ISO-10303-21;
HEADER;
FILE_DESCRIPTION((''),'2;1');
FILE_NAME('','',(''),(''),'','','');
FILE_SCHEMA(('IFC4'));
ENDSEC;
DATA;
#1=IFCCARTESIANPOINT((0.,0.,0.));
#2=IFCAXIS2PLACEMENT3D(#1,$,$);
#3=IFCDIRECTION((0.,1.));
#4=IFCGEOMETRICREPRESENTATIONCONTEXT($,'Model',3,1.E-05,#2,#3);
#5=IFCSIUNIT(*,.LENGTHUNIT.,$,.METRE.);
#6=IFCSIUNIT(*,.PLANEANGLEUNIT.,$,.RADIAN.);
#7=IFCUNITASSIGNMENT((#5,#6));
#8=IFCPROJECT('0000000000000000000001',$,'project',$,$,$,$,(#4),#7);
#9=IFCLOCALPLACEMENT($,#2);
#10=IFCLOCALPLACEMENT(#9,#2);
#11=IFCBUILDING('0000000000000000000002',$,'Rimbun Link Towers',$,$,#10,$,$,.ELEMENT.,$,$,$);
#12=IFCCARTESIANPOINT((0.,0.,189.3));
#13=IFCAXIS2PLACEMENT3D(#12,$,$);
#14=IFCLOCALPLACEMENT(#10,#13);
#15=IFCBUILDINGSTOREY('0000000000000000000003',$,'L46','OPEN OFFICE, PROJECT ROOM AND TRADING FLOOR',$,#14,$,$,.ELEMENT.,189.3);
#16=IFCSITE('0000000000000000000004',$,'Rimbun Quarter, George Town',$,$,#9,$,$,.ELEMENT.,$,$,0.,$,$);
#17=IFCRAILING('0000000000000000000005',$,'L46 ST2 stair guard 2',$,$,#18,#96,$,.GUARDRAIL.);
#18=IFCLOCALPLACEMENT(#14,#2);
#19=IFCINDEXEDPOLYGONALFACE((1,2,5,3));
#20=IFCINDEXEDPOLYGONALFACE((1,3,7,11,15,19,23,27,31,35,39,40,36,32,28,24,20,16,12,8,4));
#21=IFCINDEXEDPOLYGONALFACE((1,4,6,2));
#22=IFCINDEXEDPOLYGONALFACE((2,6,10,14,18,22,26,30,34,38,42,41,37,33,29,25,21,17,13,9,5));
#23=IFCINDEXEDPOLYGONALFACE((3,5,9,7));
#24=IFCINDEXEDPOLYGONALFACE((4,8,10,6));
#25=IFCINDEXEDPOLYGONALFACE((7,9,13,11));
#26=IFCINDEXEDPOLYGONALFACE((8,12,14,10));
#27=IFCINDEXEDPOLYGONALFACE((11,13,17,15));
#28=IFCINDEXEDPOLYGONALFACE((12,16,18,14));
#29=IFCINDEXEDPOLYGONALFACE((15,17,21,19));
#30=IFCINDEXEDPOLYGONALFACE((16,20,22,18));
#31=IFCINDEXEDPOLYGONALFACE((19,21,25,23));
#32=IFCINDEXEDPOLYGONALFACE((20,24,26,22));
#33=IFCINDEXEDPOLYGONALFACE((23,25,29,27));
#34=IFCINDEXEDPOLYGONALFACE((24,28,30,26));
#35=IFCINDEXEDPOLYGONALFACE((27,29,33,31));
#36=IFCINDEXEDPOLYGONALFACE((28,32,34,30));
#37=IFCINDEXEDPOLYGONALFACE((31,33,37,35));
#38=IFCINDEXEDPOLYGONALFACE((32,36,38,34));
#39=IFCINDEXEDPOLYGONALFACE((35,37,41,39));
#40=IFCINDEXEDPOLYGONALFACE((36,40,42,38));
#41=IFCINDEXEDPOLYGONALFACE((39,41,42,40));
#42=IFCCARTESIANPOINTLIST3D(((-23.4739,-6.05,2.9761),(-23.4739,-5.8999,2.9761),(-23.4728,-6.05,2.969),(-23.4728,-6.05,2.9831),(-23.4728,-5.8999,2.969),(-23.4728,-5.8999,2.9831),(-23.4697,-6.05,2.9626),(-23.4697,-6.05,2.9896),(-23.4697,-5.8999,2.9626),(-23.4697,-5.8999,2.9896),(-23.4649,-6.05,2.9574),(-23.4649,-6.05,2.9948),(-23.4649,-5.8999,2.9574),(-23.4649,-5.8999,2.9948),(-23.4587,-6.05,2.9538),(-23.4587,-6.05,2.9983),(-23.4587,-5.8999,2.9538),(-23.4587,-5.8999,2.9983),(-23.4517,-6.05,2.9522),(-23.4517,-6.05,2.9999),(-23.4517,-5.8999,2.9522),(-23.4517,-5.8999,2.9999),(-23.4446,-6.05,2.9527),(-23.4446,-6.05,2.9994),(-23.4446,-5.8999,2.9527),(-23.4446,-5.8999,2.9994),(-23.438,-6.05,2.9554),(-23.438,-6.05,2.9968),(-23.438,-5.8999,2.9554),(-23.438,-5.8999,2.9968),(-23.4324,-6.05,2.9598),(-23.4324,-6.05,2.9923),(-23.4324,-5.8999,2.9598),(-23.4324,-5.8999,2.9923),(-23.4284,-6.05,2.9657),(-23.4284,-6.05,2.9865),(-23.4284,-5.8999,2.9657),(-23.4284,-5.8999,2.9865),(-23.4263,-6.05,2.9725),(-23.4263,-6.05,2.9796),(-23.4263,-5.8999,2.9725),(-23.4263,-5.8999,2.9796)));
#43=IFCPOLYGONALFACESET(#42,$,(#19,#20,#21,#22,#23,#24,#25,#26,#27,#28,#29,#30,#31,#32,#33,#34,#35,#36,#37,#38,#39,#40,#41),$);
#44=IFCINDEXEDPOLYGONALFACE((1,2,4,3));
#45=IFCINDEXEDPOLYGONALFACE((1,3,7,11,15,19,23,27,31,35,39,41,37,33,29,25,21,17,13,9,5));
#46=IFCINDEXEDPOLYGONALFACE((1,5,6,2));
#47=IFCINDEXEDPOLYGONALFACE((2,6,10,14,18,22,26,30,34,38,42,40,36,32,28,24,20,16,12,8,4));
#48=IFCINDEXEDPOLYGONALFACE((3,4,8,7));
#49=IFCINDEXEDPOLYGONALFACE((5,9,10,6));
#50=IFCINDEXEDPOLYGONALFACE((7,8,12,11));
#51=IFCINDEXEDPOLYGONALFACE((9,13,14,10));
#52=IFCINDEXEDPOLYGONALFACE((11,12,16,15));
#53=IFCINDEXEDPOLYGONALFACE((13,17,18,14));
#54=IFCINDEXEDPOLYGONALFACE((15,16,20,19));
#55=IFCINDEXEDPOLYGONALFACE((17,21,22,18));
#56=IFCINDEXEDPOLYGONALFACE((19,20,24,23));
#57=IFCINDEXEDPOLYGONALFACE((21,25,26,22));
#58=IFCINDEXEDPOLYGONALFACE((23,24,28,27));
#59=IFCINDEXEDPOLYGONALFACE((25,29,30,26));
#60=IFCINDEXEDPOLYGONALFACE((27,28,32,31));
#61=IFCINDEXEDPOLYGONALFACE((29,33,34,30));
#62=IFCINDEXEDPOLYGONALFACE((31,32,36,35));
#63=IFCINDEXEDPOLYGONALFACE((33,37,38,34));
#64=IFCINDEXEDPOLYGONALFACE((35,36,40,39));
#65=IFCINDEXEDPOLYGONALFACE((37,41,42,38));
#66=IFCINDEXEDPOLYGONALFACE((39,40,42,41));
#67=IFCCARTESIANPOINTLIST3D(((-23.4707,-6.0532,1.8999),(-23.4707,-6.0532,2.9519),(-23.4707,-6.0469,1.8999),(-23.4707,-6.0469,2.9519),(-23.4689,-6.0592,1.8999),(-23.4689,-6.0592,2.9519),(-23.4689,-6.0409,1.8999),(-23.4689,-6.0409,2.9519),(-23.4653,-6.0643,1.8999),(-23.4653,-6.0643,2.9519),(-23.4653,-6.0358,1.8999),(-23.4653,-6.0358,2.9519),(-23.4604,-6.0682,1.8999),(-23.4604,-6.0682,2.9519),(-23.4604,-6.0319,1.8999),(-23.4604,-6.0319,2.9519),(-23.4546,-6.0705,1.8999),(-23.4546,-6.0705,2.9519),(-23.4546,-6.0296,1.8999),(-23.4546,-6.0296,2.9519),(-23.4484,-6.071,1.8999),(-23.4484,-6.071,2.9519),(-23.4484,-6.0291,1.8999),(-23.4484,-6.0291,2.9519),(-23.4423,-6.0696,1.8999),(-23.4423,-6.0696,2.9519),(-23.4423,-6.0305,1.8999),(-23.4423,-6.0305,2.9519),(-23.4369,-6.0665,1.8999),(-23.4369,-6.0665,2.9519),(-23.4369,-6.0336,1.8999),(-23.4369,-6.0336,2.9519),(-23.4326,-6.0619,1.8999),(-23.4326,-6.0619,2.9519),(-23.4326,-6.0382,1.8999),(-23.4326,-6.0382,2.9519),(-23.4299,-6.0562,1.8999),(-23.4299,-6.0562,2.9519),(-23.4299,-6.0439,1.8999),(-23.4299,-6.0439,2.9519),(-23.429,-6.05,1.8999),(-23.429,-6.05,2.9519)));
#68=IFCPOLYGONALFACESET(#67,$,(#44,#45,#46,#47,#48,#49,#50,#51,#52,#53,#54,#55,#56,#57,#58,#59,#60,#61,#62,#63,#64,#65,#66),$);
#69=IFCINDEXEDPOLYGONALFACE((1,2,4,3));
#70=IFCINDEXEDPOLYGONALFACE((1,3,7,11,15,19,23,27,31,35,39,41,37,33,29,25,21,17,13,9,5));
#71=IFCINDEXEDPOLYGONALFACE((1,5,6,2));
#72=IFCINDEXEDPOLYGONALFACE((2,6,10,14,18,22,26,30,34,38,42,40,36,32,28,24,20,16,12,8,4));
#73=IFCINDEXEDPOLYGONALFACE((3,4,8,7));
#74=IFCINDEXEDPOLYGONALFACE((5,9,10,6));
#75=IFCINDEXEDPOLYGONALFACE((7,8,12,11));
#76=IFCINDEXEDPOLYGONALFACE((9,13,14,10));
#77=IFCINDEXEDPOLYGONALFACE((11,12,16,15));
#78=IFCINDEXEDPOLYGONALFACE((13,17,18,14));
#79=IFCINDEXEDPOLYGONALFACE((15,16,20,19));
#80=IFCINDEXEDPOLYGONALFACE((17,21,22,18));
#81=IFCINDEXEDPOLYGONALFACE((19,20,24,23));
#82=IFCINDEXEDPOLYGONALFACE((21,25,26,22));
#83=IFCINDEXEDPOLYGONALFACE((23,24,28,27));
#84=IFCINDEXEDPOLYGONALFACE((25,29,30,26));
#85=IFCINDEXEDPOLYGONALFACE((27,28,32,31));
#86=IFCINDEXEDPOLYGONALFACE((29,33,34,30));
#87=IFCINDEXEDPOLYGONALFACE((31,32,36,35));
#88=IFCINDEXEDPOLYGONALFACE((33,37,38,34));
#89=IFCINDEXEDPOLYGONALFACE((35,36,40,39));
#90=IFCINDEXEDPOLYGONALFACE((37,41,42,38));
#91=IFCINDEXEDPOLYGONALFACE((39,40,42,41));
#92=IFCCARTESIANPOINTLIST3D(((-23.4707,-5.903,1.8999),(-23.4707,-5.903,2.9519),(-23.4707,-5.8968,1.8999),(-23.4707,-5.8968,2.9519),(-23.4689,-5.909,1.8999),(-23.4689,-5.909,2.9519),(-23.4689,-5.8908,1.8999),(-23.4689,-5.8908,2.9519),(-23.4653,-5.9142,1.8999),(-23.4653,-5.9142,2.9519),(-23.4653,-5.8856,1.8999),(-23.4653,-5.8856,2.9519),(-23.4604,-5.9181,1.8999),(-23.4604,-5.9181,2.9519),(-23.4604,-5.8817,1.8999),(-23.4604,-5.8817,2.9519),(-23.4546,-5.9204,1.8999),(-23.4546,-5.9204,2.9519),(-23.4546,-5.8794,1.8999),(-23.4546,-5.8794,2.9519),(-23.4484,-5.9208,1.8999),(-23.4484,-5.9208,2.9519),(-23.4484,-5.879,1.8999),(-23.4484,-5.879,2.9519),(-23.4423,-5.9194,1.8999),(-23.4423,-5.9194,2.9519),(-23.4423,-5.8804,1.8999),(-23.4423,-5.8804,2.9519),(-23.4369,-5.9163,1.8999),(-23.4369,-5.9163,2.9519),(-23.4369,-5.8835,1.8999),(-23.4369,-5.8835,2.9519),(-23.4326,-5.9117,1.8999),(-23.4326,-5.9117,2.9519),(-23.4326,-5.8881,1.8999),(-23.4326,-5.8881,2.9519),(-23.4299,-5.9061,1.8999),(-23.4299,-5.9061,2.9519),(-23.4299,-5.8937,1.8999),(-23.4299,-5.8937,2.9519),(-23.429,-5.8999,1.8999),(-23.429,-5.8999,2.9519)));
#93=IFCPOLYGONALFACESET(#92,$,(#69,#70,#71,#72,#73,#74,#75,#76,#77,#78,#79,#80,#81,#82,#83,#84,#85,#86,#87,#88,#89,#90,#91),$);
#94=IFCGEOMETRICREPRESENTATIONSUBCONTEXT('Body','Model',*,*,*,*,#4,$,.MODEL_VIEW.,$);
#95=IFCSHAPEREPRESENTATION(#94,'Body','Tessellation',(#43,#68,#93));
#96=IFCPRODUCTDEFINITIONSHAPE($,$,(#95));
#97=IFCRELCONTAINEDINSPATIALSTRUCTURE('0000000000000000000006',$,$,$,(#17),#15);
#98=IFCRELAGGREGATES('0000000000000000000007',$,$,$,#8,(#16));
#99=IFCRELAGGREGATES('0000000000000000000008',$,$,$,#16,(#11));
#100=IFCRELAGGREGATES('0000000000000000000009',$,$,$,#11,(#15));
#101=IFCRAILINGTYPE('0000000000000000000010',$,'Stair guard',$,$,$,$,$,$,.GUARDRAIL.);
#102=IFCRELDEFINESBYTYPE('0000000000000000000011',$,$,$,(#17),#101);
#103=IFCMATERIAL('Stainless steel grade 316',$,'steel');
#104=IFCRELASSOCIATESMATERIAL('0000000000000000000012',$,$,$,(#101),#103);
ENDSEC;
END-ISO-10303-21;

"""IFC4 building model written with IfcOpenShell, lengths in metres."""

from ifc_helpers import new_model, si_unit, direction, frame, origin, origin_2d, place, context, subcontext, project, spatial, circle, extrude, material, type_object, element, save


model = new_model("IFC4")

# Units and contexts
model_context = context("Model", 3, precision=1e-05, world=origin(), true_north=direction((0.0, 1.0)))
body_context = subcontext(model_context, "Body", "Model", "MODEL_VIEW")
ifc_project = project(units=[si_unit("LENGTHUNIT", "METRE"), si_unit("PLANEANGLEUNIT", "RADIAN")], contexts=[model_context])

# Site, building, storey
site_placement = place(None, origin())
site = spatial("IfcSite", under=ifc_project, at=site_placement, Name="Rimbun Quarter, George Town", CompositionType="ELEMENT", RefElevation=0.0)
building_placement = place(site_placement, origin())
building = spatial("IfcBuilding", under=site, at=building_placement, Name="Rimbun Link Towers", CompositionType="ELEMENT")
storey_placement = place(building_placement, frame((0.0, 0.0, 189.3)))
storey = spatial("IfcBuildingStorey", under=building, at=storey_placement, Name="L46", Description="OPEN OFFICE, PROJECT ROOM AND TRADING FLOOR", CompositionType="ELEMENT", Elevation=189.3)

# Railing
ifc_material_1 = material(Name="Stainless steel grade 316", Category="steel")
railing_type_1 = type_object("IfcRailingType", Name="Stair guard", PredefinedType="GUARDRAIL", material=ifc_material_1)
railing_1_placement = place(storey_placement, frame((-23.45, -6.05, 1.8999)))
element("IfcRailing", 1, at=railing_1_placement, inside=storey, type_object=railing_type_1, Name="L46 ST2 stair guard 2", PredefinedType="GUARDRAIL", context=body_context, shape_type="SweptSolid", body=[
    extrude(circle(Radius=0.0239, at=origin_2d()), frame((0.0, 0.0, 1.0762), z_axis=(0.0, 1.0, 0.0), x_axis=(-1.0, 0.0, 0.0)), (0.0, 0.0, 1.0), 0.1501),
    extrude(circle(Radius=0.021, at=origin_2d()), origin(), (0.0, 0.0, 1.0), 1.052),
    extrude(circle(Radius=0.021, at=origin_2d()), frame((0.0, 0.1501, 0.0)), (0.0, 0.0, 1.0), 1.052),
])

save(model, "model.ifc")
